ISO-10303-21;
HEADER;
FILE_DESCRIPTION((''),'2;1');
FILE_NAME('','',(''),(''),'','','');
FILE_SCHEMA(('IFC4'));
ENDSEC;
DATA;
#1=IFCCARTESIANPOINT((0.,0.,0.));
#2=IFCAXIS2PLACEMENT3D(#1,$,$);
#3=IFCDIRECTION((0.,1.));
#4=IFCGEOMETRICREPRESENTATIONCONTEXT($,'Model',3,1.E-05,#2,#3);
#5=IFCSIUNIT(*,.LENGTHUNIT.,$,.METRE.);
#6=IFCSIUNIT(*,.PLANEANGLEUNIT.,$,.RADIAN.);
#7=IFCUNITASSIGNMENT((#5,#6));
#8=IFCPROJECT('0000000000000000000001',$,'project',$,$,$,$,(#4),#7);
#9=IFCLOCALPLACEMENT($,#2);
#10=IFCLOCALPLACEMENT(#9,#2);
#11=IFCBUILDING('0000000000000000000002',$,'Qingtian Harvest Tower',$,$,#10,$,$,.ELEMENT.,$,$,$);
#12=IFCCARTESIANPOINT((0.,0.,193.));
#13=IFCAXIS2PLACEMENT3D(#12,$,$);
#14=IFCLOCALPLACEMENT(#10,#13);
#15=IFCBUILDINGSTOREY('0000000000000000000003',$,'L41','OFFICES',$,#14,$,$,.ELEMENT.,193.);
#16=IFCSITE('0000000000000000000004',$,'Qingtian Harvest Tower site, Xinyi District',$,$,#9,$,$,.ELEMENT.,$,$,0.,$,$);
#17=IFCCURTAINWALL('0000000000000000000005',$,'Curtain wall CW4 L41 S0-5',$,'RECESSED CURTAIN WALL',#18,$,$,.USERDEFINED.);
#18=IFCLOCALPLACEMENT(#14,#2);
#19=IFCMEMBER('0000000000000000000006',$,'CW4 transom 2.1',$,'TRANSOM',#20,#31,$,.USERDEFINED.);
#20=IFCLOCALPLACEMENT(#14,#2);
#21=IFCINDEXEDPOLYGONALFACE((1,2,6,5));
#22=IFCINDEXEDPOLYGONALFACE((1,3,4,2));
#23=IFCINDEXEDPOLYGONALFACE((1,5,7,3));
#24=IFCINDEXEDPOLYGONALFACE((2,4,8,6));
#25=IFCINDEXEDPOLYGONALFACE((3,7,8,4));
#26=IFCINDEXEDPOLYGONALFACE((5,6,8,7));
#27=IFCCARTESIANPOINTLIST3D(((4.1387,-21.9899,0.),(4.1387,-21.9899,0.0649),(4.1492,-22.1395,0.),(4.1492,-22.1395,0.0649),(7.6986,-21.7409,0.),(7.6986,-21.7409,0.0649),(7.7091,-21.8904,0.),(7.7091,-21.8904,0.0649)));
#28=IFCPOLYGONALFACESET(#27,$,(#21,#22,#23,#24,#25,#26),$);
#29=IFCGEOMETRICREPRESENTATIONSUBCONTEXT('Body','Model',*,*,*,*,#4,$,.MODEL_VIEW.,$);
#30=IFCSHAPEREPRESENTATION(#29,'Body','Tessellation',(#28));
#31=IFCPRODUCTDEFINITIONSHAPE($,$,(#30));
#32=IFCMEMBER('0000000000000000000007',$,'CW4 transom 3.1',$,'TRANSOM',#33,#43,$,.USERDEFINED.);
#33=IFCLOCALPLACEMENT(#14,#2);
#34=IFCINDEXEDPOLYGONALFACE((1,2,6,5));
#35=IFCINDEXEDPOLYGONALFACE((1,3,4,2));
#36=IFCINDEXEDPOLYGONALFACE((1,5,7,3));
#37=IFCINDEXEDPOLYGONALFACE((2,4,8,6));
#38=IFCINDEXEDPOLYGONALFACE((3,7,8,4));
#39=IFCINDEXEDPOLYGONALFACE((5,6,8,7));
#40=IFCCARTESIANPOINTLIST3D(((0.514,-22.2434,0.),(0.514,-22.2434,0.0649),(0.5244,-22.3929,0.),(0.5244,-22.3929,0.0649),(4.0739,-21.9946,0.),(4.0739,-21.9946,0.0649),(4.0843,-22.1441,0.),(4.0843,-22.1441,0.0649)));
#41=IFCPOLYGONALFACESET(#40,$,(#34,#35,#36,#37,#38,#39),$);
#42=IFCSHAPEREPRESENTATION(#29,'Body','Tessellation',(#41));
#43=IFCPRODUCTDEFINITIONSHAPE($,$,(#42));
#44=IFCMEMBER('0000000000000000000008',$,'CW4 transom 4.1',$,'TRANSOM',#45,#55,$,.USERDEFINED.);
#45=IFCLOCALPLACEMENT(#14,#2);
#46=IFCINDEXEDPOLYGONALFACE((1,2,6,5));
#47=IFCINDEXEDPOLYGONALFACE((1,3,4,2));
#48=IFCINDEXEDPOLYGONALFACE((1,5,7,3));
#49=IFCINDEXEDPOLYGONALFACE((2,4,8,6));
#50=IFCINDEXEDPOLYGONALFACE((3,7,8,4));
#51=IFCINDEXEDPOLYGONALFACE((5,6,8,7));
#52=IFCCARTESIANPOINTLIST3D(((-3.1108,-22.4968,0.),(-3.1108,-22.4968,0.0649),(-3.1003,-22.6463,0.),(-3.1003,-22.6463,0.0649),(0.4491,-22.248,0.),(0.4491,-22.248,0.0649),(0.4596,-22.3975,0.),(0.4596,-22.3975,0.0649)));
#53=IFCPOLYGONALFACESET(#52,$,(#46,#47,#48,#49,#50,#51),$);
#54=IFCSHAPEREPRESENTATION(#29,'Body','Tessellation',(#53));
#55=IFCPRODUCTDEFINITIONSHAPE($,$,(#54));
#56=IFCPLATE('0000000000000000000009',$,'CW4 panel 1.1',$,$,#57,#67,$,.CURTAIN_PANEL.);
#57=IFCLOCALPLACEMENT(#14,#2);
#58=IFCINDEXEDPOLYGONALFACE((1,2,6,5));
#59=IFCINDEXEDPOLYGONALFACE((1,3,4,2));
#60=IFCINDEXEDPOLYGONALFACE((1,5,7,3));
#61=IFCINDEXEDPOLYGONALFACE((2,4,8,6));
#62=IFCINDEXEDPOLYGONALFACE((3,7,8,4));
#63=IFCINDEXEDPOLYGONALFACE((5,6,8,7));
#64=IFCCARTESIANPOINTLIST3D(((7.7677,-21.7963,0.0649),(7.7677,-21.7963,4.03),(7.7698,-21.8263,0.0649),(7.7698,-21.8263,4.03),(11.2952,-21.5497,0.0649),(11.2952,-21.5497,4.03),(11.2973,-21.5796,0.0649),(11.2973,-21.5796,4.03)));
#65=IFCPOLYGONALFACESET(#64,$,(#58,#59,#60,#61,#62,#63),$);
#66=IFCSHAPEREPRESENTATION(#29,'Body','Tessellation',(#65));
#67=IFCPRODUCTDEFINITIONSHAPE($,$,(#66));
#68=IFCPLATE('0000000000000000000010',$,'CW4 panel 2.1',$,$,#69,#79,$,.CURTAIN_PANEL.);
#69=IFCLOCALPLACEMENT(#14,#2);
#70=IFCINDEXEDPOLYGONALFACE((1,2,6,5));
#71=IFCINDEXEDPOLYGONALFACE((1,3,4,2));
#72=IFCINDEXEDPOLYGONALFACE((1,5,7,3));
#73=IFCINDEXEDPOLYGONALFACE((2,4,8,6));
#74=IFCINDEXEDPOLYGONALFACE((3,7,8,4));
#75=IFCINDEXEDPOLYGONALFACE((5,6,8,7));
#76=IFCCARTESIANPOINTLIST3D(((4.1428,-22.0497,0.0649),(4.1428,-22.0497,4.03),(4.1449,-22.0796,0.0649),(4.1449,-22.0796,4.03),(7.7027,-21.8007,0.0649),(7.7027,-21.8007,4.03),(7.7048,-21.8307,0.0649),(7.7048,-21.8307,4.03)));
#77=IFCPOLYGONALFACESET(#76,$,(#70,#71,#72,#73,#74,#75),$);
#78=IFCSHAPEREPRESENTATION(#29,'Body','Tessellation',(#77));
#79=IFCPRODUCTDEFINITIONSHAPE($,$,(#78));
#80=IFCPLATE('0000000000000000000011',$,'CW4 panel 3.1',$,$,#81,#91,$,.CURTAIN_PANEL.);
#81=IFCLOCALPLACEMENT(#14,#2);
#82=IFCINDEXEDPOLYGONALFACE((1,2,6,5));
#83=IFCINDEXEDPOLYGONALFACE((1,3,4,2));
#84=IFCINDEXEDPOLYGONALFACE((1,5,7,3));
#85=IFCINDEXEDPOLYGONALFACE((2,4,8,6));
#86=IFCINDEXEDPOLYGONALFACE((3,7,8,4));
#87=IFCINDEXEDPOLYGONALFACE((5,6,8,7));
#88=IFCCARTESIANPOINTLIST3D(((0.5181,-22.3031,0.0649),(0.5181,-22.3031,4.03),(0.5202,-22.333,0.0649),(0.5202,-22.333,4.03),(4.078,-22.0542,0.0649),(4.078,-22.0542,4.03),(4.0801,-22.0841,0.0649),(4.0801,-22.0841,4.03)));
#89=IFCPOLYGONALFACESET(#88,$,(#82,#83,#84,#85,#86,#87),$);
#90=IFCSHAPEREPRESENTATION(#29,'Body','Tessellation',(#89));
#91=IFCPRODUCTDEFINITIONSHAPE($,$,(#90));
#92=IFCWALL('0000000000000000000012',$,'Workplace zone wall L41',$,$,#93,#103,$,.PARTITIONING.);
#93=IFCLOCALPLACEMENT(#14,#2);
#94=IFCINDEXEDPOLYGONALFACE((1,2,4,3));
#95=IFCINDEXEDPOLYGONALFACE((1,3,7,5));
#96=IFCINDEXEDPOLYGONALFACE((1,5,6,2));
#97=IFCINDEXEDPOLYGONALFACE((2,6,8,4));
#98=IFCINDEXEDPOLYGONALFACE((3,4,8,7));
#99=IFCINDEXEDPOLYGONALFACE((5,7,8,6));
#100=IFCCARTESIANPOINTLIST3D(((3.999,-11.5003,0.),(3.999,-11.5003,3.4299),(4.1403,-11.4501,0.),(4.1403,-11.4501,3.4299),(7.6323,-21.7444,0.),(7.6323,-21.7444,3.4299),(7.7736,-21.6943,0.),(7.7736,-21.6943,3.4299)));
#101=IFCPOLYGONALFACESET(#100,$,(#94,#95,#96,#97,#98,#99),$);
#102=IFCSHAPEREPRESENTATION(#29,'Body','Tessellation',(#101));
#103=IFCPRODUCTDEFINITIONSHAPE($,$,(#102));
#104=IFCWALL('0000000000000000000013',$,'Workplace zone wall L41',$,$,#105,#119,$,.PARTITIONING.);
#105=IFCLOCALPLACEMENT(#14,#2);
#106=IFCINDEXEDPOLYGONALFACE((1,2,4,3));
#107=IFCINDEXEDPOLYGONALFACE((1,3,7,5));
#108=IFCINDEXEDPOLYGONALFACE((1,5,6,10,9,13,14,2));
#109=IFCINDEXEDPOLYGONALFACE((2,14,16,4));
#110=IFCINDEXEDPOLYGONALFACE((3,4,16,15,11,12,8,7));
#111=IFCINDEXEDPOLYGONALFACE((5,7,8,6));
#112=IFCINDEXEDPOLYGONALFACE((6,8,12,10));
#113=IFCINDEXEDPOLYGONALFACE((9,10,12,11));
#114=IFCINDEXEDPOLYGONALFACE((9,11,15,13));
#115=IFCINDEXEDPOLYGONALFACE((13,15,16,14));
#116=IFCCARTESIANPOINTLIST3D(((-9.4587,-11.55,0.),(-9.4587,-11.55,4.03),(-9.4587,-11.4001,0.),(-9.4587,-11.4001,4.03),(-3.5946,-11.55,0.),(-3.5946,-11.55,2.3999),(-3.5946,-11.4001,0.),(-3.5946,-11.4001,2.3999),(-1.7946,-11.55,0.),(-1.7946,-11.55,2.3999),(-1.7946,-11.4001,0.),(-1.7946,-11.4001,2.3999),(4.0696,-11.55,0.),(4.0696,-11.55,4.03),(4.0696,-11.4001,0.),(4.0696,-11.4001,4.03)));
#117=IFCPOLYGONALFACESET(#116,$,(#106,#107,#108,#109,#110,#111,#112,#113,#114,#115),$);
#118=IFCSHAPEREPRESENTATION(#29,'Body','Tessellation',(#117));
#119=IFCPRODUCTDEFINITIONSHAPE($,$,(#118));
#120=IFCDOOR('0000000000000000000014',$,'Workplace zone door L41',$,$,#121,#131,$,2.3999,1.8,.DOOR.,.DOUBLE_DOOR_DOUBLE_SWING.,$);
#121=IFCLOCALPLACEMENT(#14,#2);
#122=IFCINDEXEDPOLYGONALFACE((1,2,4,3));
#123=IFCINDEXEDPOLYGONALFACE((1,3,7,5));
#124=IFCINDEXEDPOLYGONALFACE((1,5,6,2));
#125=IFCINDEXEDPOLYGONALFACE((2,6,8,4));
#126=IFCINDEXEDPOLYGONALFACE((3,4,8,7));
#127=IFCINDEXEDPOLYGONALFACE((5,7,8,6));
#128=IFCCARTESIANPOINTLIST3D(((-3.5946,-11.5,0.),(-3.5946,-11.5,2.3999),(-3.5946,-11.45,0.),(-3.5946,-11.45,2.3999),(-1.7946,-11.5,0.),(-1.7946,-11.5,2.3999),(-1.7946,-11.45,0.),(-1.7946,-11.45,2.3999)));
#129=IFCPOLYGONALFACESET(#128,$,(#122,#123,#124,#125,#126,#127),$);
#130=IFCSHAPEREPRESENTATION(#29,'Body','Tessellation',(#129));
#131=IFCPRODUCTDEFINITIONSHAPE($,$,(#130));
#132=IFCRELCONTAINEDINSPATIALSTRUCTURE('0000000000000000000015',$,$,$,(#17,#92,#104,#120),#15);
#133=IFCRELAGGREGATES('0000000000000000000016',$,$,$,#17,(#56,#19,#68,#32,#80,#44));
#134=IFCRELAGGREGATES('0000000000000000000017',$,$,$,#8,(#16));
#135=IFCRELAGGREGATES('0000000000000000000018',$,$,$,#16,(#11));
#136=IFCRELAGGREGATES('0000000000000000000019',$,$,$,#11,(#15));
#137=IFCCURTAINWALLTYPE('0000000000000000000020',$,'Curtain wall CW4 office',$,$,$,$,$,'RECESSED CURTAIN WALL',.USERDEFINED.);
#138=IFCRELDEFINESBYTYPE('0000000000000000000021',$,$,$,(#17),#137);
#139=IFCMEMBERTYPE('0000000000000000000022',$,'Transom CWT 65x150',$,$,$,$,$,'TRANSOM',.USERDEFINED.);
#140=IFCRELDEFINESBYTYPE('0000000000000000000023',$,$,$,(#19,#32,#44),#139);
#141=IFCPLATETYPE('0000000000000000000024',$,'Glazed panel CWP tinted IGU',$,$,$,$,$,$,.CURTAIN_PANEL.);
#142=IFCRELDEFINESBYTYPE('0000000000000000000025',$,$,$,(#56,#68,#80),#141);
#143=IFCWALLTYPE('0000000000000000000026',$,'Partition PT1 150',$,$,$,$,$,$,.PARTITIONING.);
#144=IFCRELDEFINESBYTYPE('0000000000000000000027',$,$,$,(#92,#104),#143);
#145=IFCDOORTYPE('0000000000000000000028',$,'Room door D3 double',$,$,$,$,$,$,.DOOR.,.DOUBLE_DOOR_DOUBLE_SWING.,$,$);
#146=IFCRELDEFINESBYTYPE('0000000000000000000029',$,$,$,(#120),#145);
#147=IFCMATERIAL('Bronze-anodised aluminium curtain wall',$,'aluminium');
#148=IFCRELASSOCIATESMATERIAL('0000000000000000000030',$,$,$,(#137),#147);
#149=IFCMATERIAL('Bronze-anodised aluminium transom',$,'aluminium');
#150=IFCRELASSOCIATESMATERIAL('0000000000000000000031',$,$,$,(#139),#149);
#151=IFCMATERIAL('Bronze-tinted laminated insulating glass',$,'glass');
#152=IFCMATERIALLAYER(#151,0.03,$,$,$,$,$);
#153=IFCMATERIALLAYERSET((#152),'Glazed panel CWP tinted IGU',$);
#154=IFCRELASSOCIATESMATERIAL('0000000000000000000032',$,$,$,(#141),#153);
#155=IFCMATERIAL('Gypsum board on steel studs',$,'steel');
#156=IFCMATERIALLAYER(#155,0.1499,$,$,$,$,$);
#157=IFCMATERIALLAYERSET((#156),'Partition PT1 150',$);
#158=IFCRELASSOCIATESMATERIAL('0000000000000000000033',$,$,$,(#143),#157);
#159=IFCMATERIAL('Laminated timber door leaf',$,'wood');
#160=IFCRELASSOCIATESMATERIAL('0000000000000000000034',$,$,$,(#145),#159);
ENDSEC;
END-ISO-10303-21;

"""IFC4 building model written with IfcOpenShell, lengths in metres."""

from ifc_helpers import new_model, si_unit, direction, frame, frame_2d, origin, origin_2d, place, context, subcontext, project, spatial, rectangle, extrude, material, layer, layer_set, material_profile, profile_set, type_object, element, fill, aggregate, save


model = new_model("IFC4")

# Units and contexts
model_context = context("Model", 3, precision=1e-05, world=origin(), true_north=direction((0.0, 1.0)))
body_context = subcontext(model_context, "Body", "Model", "MODEL_VIEW")
ifc_project = project(units=[si_unit("LENGTHUNIT", "METRE"), si_unit("PLANEANGLEUNIT", "RADIAN")], contexts=[model_context])

# Site, building, storey
site_placement = place(None, origin())
site = spatial("IfcSite", under=ifc_project, at=site_placement, Name="Qingtian Harvest Tower site, Xinyi District", CompositionType="ELEMENT", RefElevation=0.0)
building_placement = place(site_placement, origin())
building = spatial("IfcBuilding", under=site, at=building_placement, Name="Qingtian Harvest Tower", CompositionType="ELEMENT")
storey_placement = place(building_placement, frame((0.0, 0.0, 193.0)))
storey = spatial("IfcBuildingStorey", under=building, at=storey_placement, Name="L41", Description="OFFICES", CompositionType="ELEMENT", Elevation=193.0)

# Shared definitions
ifc_material_1 = material(Name="Bronze-anodised aluminium curtain wall", Category="aluminium")
curtain_wall_type = type_object("IfcCurtainWallType", Name="Curtain wall CW4 office", ElementType="RECESSED CURTAIN WALL", PredefinedType="USERDEFINED", material=ifc_material_1)

# Curtain wall
curtain_wall_1_placement = place(storey_placement, origin())
curtain_wall_1 = element("IfcCurtainWall", 1, at=curtain_wall_1_placement, inside=storey, type_object=curtain_wall_type, Name="Curtain wall CW4 L41 S0-5", ObjectType="RECESSED CURTAIN WALL", PredefinedType="USERDEFINED")

# Members
ifc_material_2 = material(Name="Bronze-anodised aluminium transom", Category="aluminium")
ifc_material_profile_1 = material_profile(ifc_material_2, rectangle(XDim=0.1499, YDim=0.0649, at=origin_2d()), Name="AL 65x150")
ifc_profile_set_1 = profile_set([ifc_material_profile_1], Name="Bronze-anodised aluminium transom")
member_type_1 = type_object("IfcMemberType", Name="Transom CWT 65x150", ElementType="TRANSOM", PredefinedType="USERDEFINED", material=ifc_profile_set_1)
member_1_placement = place(storey_placement, frame((7.7039, -21.8157, 0.0325), z_axis=(-0.997562, -0.069784, 0.0), x_axis=(0.069784, -0.997562, 0.0)))
member_1 = element("IfcMember", 2, at=member_1_placement, type_object=member_type_1, Name="CW4 transom 2.1", ObjectType="TRANSOM", PredefinedType="USERDEFINED", context=body_context, shape_type="SweptSolid", body=[
    extrude(rectangle(XDim=0.1499, YDim=0.0649, at=origin_2d()), origin(), (0.0, 0.0, 1.0), 3.5686),
])
member_2_placement = place(storey_placement, frame((4.0791, -22.0693, 0.0325), z_axis=(-0.997567, -0.069715, 0.0), x_axis=(0.069715, -0.997567, 0.0)))
member_2 = element("IfcMember", 3, at=member_2_placement, type_object=member_type_1, Name="CW4 transom 3.1", ObjectType="TRANSOM", PredefinedType="USERDEFINED", context=body_context, shape_type="SweptSolid", body=[
    extrude(rectangle(XDim=0.1499, YDim=0.0649, at=origin_2d()), origin(), (0.0, 0.0, 1.0), 3.5686),
])
member_3_placement = place(storey_placement, frame((0.4543, -22.3228, 0.0325), z_axis=(-0.997567, -0.069715, 0.0), x_axis=(0.069715, -0.997567, 0.0)))
member_3 = element("IfcMember", 4, at=member_3_placement, type_object=member_type_1, Name="CW4 transom 4.1", ObjectType="TRANSOM", PredefinedType="USERDEFINED", context=body_context, shape_type="SweptSolid", body=[
    extrude(rectangle(XDim=0.1499, YDim=0.0649, at=origin_2d()), origin(), (0.0, 0.0, 1.0), 3.5686),
])

# Plates
ifc_material_3 = material(Name="Bronze-tinted laminated insulating glass", Category="glass")
ifc_layer_1 = layer(ifc_material_3, 0.03)
ifc_layer_set_1 = layer_set([ifc_layer_1], Name="Glazed panel CWP tinted IGU")
plate_type = type_object("IfcPlateType", Name="Glazed panel CWP tinted IGU", PredefinedType="CURTAIN_PANEL", material=ifc_layer_set_1)
plate_1_placement = place(storey_placement, frame((9.5325, -21.688, 0.0649), z_axis=(0.0, 0.0, 1.0), x_axis=(-0.997564, -0.069756, 0.0)))
plate_1 = element("IfcPlate", 5, at=plate_1_placement, type_object=plate_type, Name="CW4 panel 1.1", PredefinedType="CURTAIN_PANEL", context=body_context, shape_type="SweptSolid", body=[
    extrude(rectangle(XDim=3.5361, YDim=0.03, at=origin_2d()), origin(), (0.0, 0.0, 1.0), 3.9651),
])
plate_2_placement = place(storey_placement, frame((5.9238, -21.9402, 0.0649), z_axis=(0.0, 0.0, 1.0), x_axis=(-0.997564, -0.069756, 0.0)))
plate_2 = element("IfcPlate", 6, at=plate_2_placement, type_object=plate_type, Name="CW4 panel 2.1", PredefinedType="CURTAIN_PANEL", context=body_context, shape_type="SweptSolid", body=[
    extrude(rectangle(XDim=3.5686, YDim=0.03, at=origin_2d()), origin(), (0.0, 0.0, 1.0), 3.9651),
])
plate_3_placement = place(storey_placement, frame((2.2991, -22.1936, 0.0649), z_axis=(0.0, 0.0, 1.0), x_axis=(-0.997564, -0.069756, 0.0)))
plate_3 = element("IfcPlate", 7, at=plate_3_placement, type_object=plate_type, Name="CW4 panel 3.1", PredefinedType="CURTAIN_PANEL", context=body_context, shape_type="SweptSolid", body=[
    extrude(rectangle(XDim=3.5686, YDim=0.03, at=origin_2d()), origin(), (0.0, 0.0, 1.0), 3.9651),
])
aggregate(curtain_wall_1, [plate_1, member_1, plate_2, member_2, plate_3, member_3])

# Wall
ifc_material_4 = material(Name="Gypsum board on steel studs", Category="steel")
ifc_layer_2 = layer(ifc_material_4, 0.1499)
ifc_layer_set_2 = layer_set([ifc_layer_2], Name="Partition PT1 150")
wall_type = type_object("IfcWallType", Name="Partition PT1 150", PredefinedType="PARTITIONING", material=ifc_layer_set_2)
wall_1_placement = place(storey_placement, frame((7.7029, -21.7192, 0.0), z_axis=(0.0, 0.0, 1.0), x_axis=(-0.33427, 0.942478, 0.0)))
element("IfcWall", 8, at=wall_1_placement, inside=storey, type_object=wall_type, Name="Workplace zone wall L41", PredefinedType="PARTITIONING", context=body_context, shape_type="SweptSolid", body=[
    extrude(rectangle(XDim=10.8694, YDim=0.1499, at=frame_2d((5.4346, 0.0))), origin(), (0.0, 0.0, 1.0), 3.4299),
])

# Wall, opening, door
wall_2_placement = place(storey_placement, frame((4.0696, -11.4751, 0.0), z_axis=(0.0, 0.0, 1.0), x_axis=(-1.0, 0.0, 0.0)))
wall_2 = element("IfcWall", 9, at=wall_2_placement, inside=storey, type_object=wall_type, Name="Workplace zone wall L41", PredefinedType="PARTITIONING", context=body_context, shape_type="SweptSolid", body=[
    extrude(rectangle(XDim=13.5283, YDim=0.1499, at=frame_2d((6.7642, 0.0))), origin(), (0.0, 0.0, 1.0), 4.03),
])
opening_placement = place(wall_2_placement, frame((5.8643, 0.0, 0.0)))
opening = element("IfcOpeningElement", 10, at=opening_placement, cuts=wall_2, PredefinedType="OPENING", context=body_context, shape_type="SweptSolid", body=[
    extrude(rectangle(XDim=1.8, YDim=2.3999, at=frame_2d((0.8999, 1.2))), frame((0.0, 0.085, 0.0), z_axis=(0.0, -1.0, 0.0), x_axis=(1.0, 0.0, 0.0)), (0.0, 0.0, 1.0), 0.1699),
])
ifc_material_5 = material(Name="Laminated timber door leaf", Category="wood")
door_type = type_object("IfcDoorType", Name="Room door D3 double", OperationType="DOUBLE_DOOR_DOUBLE_SWING", PredefinedType="DOOR", material=ifc_material_5)
door_placement = place(opening_placement, origin())
door = element("IfcDoor", 11, at=door_placement, inside=storey, type_object=door_type, Name="Workplace zone door L41", OperationType="DOUBLE_DOOR_DOUBLE_SWING", OverallHeight=2.3999, OverallWidth=1.8, PredefinedType="DOOR", context=body_context, shape_type="SweptSolid", body=[
    extrude(rectangle(XDim=1.8, YDim=2.3999, at=frame_2d((0.8999, 1.2))), frame((0.0, 0.0249, 0.0), z_axis=(0.0, -1.0, 0.0), x_axis=(1.0, 0.0, 0.0)), (0.0, 0.0, 1.0), 0.05),
])
fill(opening, door)

save(model, "model.ifc")
